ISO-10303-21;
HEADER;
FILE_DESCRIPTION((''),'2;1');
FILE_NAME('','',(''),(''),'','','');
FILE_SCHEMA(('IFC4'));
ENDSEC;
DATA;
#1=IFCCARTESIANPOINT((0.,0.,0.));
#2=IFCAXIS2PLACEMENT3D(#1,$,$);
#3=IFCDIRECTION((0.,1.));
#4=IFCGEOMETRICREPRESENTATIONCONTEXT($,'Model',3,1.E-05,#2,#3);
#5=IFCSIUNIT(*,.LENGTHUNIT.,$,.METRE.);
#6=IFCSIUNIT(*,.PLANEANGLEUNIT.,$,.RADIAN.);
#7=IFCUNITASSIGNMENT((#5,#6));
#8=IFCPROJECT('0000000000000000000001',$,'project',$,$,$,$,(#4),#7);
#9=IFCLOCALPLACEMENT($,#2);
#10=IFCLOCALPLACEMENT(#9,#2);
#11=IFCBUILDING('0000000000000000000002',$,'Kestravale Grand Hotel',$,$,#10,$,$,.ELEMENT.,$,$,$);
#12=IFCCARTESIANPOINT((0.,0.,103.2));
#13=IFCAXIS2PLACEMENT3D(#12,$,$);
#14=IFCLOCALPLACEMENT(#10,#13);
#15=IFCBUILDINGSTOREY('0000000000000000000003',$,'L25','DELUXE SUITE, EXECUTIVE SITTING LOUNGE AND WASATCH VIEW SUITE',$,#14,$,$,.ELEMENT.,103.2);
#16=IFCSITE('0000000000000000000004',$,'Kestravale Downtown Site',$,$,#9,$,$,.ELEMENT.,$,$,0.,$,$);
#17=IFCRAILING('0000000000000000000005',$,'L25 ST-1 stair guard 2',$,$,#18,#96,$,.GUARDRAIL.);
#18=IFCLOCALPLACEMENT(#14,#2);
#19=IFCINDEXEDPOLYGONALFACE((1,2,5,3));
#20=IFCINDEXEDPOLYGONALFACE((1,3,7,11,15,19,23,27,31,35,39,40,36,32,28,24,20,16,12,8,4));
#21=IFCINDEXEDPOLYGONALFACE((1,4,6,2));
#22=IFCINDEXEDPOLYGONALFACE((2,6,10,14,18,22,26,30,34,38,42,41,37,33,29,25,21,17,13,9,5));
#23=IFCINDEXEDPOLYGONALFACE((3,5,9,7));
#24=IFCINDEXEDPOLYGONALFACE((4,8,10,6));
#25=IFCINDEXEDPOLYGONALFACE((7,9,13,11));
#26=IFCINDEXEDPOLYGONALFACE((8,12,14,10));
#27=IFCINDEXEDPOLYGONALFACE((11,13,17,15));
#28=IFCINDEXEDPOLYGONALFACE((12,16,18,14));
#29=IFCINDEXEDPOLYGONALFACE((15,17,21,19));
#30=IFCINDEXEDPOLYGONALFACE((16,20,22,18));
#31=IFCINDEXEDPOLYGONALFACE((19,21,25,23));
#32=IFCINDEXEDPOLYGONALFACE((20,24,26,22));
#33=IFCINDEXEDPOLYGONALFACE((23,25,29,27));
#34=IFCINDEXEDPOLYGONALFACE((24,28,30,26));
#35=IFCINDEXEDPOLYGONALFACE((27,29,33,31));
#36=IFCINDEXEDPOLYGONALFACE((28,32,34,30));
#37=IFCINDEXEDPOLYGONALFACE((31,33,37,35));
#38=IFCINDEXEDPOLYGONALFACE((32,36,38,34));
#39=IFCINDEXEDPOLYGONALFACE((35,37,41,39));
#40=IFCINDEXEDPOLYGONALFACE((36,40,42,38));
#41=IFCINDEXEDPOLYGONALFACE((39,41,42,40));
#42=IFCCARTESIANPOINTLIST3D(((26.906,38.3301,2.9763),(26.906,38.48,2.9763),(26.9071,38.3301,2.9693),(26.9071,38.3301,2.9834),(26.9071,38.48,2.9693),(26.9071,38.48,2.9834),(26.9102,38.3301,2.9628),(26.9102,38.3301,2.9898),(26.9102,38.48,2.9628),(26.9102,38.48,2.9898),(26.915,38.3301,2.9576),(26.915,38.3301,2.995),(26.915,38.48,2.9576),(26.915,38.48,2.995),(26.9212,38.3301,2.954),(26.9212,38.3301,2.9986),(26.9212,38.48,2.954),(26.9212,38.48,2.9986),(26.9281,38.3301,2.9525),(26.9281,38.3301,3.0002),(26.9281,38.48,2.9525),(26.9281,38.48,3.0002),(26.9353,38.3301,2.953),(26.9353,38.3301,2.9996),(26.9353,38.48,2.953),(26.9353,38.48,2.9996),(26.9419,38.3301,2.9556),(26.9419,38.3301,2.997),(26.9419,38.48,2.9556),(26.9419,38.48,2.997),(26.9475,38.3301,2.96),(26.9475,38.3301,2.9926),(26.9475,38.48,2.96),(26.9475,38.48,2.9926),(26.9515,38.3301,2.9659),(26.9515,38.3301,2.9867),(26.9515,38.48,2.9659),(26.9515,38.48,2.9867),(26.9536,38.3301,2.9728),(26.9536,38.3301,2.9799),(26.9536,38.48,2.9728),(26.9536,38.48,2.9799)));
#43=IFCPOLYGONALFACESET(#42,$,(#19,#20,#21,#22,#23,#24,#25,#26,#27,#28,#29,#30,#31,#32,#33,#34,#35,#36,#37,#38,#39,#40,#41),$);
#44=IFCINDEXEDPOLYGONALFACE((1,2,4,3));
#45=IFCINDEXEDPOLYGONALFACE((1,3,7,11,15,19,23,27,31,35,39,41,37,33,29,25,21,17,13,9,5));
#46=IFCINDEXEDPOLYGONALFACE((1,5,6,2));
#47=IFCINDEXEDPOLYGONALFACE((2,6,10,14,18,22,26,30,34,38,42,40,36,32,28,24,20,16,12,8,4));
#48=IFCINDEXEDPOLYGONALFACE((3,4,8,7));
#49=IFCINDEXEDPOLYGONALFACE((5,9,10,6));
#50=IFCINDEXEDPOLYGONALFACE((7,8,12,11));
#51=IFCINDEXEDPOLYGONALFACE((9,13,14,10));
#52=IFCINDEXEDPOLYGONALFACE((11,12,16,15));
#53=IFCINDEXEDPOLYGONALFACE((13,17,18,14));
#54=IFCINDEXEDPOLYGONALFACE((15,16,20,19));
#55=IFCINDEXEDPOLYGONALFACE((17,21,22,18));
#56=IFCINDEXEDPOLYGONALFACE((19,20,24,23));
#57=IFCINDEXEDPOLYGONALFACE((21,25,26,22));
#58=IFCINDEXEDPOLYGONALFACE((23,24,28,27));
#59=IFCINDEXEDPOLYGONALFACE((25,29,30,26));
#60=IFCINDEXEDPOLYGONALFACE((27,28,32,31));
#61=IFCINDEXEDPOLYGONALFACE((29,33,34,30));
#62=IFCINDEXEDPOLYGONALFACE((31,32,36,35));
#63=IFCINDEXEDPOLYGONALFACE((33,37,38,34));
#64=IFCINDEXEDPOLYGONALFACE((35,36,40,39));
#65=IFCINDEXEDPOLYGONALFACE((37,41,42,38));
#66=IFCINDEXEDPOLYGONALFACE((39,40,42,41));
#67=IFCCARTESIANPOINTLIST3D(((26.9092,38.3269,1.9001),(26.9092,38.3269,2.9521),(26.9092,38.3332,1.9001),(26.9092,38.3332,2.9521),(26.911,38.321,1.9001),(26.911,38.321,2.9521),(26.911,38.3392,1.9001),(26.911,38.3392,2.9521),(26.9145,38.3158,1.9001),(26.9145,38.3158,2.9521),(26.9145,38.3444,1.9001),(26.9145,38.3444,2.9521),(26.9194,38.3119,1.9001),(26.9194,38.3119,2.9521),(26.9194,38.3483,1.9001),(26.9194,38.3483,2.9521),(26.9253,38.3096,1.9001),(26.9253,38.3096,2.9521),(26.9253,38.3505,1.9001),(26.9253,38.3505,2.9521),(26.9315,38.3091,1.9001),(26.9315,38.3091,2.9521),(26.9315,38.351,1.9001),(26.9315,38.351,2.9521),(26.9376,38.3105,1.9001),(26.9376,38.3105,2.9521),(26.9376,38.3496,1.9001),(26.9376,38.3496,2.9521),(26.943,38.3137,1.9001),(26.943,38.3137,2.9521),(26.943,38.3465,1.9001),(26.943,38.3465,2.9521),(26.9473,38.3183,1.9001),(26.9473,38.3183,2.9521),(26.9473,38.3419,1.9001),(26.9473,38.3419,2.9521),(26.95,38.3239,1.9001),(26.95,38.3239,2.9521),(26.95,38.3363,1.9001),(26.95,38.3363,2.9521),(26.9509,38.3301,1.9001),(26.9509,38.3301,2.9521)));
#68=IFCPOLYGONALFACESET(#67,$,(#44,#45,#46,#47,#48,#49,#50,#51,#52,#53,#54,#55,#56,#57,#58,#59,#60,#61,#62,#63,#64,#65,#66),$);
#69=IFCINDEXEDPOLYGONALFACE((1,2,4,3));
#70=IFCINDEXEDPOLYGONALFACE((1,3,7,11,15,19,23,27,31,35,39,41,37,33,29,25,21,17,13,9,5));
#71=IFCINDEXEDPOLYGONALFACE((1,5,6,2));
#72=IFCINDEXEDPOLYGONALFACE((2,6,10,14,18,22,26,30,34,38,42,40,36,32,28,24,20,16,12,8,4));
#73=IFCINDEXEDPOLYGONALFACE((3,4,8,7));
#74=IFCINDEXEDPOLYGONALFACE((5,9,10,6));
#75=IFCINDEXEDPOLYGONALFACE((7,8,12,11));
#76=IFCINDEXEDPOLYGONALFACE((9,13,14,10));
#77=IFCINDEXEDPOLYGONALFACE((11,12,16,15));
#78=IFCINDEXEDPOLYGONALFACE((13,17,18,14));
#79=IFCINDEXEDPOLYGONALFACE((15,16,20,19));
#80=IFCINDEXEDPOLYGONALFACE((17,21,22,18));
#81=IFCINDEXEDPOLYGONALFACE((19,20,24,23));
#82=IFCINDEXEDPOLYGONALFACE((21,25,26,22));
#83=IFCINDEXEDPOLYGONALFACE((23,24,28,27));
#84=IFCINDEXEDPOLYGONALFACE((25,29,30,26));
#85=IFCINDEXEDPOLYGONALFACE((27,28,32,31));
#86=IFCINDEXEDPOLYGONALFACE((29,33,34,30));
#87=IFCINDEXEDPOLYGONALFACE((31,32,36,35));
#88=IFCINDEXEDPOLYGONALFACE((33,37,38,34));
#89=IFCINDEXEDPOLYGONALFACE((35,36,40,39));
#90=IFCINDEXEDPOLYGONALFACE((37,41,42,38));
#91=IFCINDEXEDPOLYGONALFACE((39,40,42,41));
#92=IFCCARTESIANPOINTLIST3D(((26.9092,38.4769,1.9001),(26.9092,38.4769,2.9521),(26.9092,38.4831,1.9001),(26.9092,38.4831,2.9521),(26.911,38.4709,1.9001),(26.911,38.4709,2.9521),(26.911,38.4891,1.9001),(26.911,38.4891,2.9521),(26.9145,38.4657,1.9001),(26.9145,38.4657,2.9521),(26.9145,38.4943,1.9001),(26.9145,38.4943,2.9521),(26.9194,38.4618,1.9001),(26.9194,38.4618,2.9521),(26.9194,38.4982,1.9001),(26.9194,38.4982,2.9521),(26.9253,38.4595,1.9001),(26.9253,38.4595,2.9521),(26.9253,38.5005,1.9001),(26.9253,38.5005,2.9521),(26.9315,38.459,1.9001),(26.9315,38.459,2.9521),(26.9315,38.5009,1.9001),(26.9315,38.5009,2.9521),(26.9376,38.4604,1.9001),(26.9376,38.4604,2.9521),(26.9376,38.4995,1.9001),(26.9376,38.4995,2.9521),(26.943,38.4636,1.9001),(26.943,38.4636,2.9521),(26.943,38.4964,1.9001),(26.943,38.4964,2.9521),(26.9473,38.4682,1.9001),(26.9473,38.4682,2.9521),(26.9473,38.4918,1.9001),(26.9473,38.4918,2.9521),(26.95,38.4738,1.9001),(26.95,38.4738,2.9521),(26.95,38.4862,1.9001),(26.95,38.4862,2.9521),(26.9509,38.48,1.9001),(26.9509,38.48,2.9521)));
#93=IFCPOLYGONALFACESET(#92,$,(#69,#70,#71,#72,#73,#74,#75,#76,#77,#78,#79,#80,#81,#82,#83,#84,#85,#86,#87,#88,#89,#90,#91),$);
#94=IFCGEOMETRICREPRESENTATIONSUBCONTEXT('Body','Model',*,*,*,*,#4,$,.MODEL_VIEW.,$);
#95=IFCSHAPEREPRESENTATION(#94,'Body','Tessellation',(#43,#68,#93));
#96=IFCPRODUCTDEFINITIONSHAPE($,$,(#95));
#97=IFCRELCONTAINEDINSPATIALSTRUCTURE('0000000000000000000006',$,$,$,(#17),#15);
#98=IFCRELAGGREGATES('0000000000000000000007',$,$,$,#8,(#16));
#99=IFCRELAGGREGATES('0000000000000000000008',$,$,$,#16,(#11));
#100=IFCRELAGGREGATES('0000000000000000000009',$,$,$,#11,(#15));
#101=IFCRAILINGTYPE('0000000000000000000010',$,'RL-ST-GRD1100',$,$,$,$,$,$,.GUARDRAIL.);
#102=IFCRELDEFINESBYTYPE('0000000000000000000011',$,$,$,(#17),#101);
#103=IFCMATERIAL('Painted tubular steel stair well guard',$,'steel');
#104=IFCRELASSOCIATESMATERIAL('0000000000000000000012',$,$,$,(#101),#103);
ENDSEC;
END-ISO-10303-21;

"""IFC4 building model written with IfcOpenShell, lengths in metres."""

from ifc_helpers import new_model, si_unit, direction, frame, origin, origin_2d, place, context, subcontext, project, spatial, circle, extrude, material, type_object, element, save


model = new_model("IFC4")

# Units and contexts
model_context = context("Model", 3, precision=1e-05, world=origin(), true_north=direction((0.0, 1.0)))
body_context = subcontext(model_context, "Body", "Model", "MODEL_VIEW")
ifc_project = project(units=[si_unit("LENGTHUNIT", "METRE"), si_unit("PLANEANGLEUNIT", "RADIAN")], contexts=[model_context])

# Site, building, storey
site_placement = place(None, origin())
site = spatial("IfcSite", under=ifc_project, at=site_placement, Name="Kestravale Downtown Site", CompositionType="ELEMENT", RefElevation=0.0)
building_placement = place(site_placement, origin())
building = spatial("IfcBuilding", under=site, at=building_placement, Name="Kestravale Grand Hotel", CompositionType="ELEMENT")
storey_placement = place(building_placement, frame((0.0, 0.0, 103.2)))
storey = spatial("IfcBuildingStorey", under=building, at=storey_placement, Name="L25", Description="DELUXE SUITE, EXECUTIVE SITTING LOUNGE AND WASATCH VIEW SUITE", CompositionType="ELEMENT", Elevation=103.2)

# Railing
ifc_material_1 = material(Name="Painted tubular steel stair well guard", Category="steel")
railing_type_1 = type_object("IfcRailingType", Name="RL-ST-GRD1100", PredefinedType="GUARDRAIL", material=ifc_material_1)
railing_1_placement = place(storey_placement, frame((26.9299, 38.3301, 1.9001)))
element("IfcRailing", 1, at=railing_1_placement, inside=storey, type_object=railing_type_1, Name="L25 ST-1 stair guard 2", PredefinedType="GUARDRAIL", context=body_context, shape_type="SweptSolid", body=[
    extrude(circle(Radius=0.0239, at=origin_2d()), frame((0.0, 0.0, 1.0762), z_axis=(0.0, 1.0, 0.0), x_axis=(-1.0, 0.0, 0.0)), (0.0, 0.0, 1.0), 0.1499),
    extrude(circle(Radius=0.021, at=origin_2d()), origin(), (0.0, 0.0, 1.0), 1.052),
    extrude(circle(Radius=0.021, at=origin_2d()), frame((0.0, 0.1499, 0.0)), (0.0, 0.0, 1.0), 1.052),
])

save(model, "model.ifc")
